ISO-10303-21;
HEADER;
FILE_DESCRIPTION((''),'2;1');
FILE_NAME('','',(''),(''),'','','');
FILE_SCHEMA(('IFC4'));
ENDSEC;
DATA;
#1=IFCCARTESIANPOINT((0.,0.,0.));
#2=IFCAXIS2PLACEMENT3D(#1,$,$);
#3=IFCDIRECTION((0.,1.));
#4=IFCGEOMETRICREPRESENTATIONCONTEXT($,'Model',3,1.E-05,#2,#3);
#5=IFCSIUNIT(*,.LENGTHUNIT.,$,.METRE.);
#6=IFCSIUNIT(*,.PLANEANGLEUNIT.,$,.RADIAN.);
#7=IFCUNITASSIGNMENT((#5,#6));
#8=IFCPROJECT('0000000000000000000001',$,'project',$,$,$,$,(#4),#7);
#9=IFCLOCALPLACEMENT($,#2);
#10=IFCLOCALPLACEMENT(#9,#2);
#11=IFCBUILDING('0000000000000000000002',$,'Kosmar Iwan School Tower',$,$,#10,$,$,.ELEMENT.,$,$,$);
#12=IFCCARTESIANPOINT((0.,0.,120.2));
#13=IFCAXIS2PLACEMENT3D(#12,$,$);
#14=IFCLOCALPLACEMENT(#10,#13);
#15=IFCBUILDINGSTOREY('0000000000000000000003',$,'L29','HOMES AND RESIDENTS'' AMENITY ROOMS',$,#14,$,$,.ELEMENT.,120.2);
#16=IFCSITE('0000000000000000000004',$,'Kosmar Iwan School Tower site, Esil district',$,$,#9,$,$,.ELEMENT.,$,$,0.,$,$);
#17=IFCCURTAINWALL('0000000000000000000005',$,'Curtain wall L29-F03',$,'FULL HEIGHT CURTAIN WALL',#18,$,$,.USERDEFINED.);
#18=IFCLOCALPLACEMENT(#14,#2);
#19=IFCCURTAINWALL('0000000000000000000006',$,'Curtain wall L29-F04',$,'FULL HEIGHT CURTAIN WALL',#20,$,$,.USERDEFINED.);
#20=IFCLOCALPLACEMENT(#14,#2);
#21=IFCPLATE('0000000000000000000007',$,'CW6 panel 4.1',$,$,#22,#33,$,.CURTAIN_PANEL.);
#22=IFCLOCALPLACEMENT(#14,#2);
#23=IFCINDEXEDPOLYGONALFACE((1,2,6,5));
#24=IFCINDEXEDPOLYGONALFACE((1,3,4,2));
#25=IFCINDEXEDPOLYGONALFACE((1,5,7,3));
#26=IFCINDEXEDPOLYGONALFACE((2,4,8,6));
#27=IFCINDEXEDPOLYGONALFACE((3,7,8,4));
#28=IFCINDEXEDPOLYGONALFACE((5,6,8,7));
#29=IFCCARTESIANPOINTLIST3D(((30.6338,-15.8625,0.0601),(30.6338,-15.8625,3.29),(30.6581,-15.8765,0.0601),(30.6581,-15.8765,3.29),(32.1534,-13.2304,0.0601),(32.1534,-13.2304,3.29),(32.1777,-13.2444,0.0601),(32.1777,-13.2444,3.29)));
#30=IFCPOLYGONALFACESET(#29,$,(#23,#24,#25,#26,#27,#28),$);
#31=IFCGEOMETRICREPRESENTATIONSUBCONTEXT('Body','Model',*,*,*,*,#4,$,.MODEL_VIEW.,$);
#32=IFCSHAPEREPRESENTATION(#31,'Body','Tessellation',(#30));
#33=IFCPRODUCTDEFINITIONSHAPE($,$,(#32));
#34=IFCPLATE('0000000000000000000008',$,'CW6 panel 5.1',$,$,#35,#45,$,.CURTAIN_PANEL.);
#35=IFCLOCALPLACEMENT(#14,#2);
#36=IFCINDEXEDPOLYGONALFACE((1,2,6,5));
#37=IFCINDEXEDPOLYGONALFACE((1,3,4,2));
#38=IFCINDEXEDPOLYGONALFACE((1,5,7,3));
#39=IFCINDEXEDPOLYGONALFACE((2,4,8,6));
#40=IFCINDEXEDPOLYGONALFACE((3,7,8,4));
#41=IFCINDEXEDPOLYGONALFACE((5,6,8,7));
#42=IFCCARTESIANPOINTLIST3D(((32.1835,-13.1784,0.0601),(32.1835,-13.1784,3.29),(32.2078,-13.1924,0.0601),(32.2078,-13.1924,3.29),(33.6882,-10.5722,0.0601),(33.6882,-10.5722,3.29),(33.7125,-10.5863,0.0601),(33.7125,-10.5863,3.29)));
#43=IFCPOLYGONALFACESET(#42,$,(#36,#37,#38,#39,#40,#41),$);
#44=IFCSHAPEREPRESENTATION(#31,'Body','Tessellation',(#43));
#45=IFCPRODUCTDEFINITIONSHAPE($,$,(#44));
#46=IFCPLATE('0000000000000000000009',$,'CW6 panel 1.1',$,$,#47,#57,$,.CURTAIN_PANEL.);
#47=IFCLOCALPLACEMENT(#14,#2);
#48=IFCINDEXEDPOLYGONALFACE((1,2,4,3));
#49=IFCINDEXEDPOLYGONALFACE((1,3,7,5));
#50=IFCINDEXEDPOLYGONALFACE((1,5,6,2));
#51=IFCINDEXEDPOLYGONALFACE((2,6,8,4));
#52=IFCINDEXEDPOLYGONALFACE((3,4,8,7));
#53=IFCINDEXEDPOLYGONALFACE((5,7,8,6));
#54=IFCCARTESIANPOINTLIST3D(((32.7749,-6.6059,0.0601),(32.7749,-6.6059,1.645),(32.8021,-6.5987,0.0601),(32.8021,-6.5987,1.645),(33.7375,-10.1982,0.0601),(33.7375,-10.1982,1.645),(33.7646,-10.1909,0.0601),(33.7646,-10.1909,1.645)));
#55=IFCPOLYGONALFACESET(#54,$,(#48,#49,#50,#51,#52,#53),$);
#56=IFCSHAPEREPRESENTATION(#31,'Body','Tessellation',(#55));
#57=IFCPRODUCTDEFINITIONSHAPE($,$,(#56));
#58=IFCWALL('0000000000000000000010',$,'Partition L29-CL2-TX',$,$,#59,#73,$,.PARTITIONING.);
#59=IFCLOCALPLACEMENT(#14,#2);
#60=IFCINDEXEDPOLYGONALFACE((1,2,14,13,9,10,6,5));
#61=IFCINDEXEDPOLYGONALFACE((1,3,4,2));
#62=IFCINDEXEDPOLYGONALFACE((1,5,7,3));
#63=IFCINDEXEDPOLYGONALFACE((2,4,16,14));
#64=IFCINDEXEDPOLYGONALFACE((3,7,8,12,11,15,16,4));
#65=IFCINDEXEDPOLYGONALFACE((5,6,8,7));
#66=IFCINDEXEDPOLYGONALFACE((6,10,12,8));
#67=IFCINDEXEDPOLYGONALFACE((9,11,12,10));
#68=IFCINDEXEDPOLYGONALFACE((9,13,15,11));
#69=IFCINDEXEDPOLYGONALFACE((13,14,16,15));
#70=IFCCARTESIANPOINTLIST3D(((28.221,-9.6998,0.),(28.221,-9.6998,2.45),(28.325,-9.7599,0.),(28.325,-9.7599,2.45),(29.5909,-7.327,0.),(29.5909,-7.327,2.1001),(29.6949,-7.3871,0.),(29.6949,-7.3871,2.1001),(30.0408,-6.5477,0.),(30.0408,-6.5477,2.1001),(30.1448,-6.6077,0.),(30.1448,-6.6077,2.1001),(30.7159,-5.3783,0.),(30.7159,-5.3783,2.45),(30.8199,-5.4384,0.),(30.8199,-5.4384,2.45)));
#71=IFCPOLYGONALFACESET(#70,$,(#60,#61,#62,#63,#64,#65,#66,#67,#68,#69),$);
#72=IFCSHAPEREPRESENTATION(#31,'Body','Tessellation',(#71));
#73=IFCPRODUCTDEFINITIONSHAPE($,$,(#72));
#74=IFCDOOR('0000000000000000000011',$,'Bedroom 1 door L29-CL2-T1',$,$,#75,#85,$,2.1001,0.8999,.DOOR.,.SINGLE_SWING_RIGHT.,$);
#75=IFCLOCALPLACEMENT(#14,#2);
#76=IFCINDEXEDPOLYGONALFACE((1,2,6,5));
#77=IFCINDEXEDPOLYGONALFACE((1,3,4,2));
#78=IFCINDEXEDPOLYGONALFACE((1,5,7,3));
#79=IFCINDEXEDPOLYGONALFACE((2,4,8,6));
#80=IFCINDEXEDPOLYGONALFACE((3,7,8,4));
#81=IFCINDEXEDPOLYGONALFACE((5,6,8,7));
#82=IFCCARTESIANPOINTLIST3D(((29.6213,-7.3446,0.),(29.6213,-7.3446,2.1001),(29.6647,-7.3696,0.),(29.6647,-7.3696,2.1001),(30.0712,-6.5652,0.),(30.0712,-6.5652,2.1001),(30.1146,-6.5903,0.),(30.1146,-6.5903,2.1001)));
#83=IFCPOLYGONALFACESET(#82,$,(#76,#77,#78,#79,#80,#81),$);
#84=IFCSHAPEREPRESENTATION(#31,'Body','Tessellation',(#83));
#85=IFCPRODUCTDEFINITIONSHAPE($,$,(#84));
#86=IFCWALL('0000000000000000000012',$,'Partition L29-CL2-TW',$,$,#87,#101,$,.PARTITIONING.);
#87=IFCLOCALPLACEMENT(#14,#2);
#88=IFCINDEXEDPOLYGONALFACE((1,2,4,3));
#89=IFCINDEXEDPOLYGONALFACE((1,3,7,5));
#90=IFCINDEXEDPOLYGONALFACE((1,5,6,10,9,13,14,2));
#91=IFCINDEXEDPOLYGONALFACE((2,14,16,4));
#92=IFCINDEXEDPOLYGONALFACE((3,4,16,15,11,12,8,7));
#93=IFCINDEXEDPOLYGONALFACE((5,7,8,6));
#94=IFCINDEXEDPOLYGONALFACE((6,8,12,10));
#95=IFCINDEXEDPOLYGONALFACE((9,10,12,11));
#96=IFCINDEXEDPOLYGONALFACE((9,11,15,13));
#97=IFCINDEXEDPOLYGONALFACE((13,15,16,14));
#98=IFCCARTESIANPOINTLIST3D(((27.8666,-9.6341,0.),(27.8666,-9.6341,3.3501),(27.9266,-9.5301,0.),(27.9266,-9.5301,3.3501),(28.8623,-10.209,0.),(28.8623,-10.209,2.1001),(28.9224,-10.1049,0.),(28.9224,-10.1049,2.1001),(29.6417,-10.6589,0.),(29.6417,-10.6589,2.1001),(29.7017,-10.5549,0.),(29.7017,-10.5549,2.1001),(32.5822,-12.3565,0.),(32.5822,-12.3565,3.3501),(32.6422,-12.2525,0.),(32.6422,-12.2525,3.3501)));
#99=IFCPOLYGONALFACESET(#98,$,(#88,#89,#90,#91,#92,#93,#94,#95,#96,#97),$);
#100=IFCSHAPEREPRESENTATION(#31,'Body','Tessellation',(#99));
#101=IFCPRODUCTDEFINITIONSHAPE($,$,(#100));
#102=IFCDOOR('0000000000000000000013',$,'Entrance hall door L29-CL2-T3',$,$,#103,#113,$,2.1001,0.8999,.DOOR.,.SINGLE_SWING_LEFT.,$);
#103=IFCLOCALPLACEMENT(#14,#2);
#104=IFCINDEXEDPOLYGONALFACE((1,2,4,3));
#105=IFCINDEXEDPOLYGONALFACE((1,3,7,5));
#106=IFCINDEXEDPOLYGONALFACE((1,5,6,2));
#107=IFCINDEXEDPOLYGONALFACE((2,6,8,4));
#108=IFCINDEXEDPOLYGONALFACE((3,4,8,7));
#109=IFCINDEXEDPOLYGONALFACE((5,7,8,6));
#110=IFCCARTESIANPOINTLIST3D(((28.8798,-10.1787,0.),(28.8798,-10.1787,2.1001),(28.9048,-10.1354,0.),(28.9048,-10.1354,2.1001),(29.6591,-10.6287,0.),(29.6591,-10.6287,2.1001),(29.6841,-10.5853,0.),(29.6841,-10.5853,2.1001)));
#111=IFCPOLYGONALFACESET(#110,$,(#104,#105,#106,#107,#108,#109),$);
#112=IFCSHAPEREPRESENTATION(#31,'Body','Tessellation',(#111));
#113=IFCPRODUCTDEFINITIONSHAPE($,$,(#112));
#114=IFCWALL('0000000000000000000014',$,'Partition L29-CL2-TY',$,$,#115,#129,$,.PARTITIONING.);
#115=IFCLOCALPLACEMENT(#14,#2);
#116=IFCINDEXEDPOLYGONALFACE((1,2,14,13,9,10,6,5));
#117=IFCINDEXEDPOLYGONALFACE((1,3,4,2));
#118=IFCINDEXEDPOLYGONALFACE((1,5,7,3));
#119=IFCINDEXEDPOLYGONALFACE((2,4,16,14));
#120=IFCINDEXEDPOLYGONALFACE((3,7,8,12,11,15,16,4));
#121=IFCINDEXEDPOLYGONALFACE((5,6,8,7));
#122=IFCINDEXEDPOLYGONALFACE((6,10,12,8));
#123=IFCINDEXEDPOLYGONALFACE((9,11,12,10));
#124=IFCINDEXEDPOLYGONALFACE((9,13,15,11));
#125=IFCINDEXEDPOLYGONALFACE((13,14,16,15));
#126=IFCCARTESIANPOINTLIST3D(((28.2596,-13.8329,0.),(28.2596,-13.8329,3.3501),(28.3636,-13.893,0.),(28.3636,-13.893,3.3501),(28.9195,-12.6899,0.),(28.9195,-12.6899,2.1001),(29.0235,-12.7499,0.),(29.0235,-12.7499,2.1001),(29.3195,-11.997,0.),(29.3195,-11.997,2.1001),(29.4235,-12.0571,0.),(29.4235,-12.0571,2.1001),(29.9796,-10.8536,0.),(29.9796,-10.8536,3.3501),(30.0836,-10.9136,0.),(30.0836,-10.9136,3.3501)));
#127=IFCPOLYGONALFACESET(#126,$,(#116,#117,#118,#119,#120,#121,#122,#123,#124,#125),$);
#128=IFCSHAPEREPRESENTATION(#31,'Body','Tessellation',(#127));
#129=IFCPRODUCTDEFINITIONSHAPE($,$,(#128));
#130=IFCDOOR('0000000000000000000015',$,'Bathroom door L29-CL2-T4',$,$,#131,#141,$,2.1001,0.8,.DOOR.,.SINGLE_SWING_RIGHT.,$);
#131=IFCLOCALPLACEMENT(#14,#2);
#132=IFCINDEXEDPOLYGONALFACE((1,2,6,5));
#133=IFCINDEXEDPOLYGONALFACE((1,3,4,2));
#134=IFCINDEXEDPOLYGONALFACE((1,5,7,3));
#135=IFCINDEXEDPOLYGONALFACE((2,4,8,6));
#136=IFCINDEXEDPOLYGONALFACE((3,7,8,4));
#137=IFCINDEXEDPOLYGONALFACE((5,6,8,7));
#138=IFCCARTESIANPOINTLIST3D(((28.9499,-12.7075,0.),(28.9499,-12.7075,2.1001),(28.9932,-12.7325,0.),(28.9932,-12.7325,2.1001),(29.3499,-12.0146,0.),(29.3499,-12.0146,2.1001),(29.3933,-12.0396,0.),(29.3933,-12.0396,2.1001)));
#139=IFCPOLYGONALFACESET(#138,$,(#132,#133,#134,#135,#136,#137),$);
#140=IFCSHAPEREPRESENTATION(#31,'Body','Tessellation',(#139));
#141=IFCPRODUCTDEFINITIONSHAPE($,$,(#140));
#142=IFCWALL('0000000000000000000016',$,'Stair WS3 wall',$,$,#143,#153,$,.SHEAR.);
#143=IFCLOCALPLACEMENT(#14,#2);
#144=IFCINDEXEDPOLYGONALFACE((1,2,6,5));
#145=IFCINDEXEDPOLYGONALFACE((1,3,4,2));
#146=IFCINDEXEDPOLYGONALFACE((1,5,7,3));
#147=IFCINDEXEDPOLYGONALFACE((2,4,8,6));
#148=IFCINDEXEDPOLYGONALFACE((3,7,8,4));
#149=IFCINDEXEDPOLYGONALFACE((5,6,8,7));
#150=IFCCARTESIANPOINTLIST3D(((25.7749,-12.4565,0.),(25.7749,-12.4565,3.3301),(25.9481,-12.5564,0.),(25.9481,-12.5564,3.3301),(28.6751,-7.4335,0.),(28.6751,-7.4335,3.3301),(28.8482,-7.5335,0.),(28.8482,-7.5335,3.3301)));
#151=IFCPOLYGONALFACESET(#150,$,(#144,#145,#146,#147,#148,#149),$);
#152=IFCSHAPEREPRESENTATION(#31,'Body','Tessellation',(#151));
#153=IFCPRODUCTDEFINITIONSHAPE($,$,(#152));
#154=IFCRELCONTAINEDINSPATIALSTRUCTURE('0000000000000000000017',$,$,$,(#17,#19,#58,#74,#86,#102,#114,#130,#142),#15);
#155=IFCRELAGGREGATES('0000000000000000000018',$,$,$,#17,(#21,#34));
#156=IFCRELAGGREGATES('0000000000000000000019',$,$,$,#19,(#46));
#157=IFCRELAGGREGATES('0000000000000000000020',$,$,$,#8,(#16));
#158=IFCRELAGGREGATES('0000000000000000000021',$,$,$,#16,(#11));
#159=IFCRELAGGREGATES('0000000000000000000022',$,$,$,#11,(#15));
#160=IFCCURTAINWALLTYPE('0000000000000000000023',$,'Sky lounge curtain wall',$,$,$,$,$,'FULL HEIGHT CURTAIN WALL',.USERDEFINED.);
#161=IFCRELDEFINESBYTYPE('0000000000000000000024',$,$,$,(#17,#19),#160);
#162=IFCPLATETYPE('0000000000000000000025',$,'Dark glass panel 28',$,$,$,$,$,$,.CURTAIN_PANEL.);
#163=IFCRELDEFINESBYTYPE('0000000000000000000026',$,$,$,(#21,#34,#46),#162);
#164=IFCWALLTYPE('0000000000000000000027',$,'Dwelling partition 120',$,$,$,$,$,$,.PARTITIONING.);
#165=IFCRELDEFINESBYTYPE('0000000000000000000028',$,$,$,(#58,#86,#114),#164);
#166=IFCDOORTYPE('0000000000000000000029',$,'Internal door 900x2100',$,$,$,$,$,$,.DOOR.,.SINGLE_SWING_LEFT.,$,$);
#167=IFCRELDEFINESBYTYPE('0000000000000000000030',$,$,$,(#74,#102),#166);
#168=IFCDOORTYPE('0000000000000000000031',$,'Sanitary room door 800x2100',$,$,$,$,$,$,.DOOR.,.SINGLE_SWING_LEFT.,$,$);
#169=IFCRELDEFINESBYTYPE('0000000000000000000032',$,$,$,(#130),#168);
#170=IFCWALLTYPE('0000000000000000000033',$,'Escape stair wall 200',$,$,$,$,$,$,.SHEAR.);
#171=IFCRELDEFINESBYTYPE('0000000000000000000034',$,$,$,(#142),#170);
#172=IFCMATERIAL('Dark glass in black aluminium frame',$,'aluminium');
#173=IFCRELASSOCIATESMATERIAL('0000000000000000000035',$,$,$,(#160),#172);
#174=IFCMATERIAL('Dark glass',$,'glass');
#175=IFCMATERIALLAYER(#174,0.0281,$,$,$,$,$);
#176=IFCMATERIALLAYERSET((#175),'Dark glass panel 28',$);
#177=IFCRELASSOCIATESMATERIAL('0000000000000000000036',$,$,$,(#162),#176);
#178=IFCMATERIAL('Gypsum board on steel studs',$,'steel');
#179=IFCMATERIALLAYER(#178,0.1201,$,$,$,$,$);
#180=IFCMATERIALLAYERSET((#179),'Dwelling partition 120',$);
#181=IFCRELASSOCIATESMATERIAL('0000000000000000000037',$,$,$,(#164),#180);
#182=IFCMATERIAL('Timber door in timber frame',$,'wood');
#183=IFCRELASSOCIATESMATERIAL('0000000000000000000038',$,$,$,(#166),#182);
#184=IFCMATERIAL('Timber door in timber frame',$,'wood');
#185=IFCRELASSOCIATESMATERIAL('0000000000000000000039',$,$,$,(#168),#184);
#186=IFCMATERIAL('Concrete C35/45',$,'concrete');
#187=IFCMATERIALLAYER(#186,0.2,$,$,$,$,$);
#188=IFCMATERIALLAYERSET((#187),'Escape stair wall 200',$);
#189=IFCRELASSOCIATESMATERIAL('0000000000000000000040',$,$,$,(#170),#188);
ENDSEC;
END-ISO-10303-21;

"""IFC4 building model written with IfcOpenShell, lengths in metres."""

from ifc_helpers import new_model, si_unit, direction, frame, frame_2d, origin, origin_2d, place, context, subcontext, project, spatial, rectangle, extrude, material, layer, layer_set, type_object, element, fill, aggregate, save


model = new_model("IFC4")

# Units and contexts
model_context = context("Model", 3, precision=1e-05, world=origin(), true_north=direction((0.0, 1.0)))
body_context = subcontext(model_context, "Body", "Model", "MODEL_VIEW")
ifc_project = project(units=[si_unit("LENGTHUNIT", "METRE"), si_unit("PLANEANGLEUNIT", "RADIAN")], contexts=[model_context])

# Site, building, storey
site_placement = place(None, origin())
site = spatial("IfcSite", under=ifc_project, at=site_placement, Name="Kosmar Iwan School Tower site, Esil district", CompositionType="ELEMENT", RefElevation=0.0)
building_placement = place(site_placement, origin())
building = spatial("IfcBuilding", under=site, at=building_placement, Name="Kosmar Iwan School Tower", CompositionType="ELEMENT")
storey_placement = place(building_placement, frame((0.0, 0.0, 120.2)))
storey = spatial("IfcBuildingStorey", under=building, at=storey_placement, Name="L29", Description="HOMES AND RESIDENTS' AMENITY ROOMS", CompositionType="ELEMENT", Elevation=120.2)

# Curtain wall
ifc_material_1 = material(Name="Dark glass in black aluminium frame", Category="aluminium")
curtain_wall_type = type_object("IfcCurtainWallType", Name="Sky lounge curtain wall", ElementType="FULL HEIGHT CURTAIN WALL", PredefinedType="USERDEFINED", material=ifc_material_1)
curtain_wall_1_placement = place(storey_placement, origin())
curtain_wall_1 = element("IfcCurtainWall", 1, at=curtain_wall_1_placement, inside=storey, type_object=curtain_wall_type, Name="Curtain wall L29-F03", ObjectType="FULL HEIGHT CURTAIN WALL", PredefinedType="USERDEFINED")

# Curtain wall
curtain_wall_2_placement = place(storey_placement, origin())
curtain_wall_2 = element("IfcCurtainWall", 2, at=curtain_wall_2_placement, inside=storey, type_object=curtain_wall_type, Name="Curtain wall L29-F04", ObjectType="FULL HEIGHT CURTAIN WALL", PredefinedType="USERDEFINED")

# Plates
ifc_material_2 = material(Name="Dark glass", Category="glass")
ifc_layer_1 = layer(ifc_material_2, 0.0281)
ifc_layer_set_1 = layer_set([ifc_layer_1], Name="Dark glass panel 28")
plate_type = type_object("IfcPlateType", Name="Dark glass panel 28", PredefinedType="CURTAIN_PANEL", material=ifc_layer_set_1)
plate_1_placement = place(storey_placement, frame((31.4058, -14.5535, 0.0601), z_axis=(0.0, 0.0, 1.0), x_axis=(0.5, 0.866025, 0.0)))
plate_1 = element("IfcPlate", 3, at=plate_1_placement, type_object=plate_type, Name="CW6 panel 4.1", PredefinedType="CURTAIN_PANEL", context=body_context, shape_type="SweptSolid", body=[
    extrude(rectangle(XDim=3.0393, YDim=0.0281, at=origin_2d()), origin(), (0.0, 0.0, 1.0), 3.23),
])
plate_2_placement = place(storey_placement, frame((32.948, -11.8823, 0.0601), z_axis=(0.0, 0.0, 1.0), x_axis=(0.5, 0.866025, 0.0)))
plate_2 = element("IfcPlate", 4, at=plate_2_placement, type_object=plate_type, Name="CW6 panel 5.1", PredefinedType="CURTAIN_PANEL", context=body_context, shape_type="SweptSolid", body=[
    extrude(rectangle(XDim=3.0093, YDim=0.0281, at=origin_2d()), origin(), (0.0, 0.0, 1.0), 3.23),
])
aggregate(curtain_wall_1, [plate_1, plate_2])
plate_3_placement = place(storey_placement, frame((33.2698, -8.3984, 0.0601), z_axis=(0.0, 0.0, 1.0), x_axis=(-0.258819, 0.965926, 0.0)))
plate_3 = element("IfcPlate", 5, at=plate_3_placement, type_object=plate_type, Name="CW6 panel 1.1", PredefinedType="CURTAIN_PANEL", context=body_context, shape_type="SweptSolid", body=[
    extrude(rectangle(XDim=3.719, YDim=0.0281, at=origin_2d()), origin(), (0.0, 0.0, 1.0), 1.585),
])
aggregate(curtain_wall_2, [plate_3])

# Walls, openings, doors
ifc_material_3 = material(Name="Gypsum board on steel studs", Category="steel")
ifc_layer_2 = layer(ifc_material_3, 0.1201)
ifc_layer_set_2 = layer_set([ifc_layer_2], Name="Dwelling partition 120")
wall_type_1 = type_object("IfcWallType", Name="Dwelling partition 120", PredefinedType="PARTITIONING", material=ifc_layer_set_2)
wall_1_placement = place(storey_placement, frame((28.2729, -9.73, 0.0), z_axis=(0.0, 0.0, 1.0), x_axis=(0.499975, 0.86604, 0.0)))
wall_1 = element("IfcWall", 6, at=wall_1_placement, inside=storey, type_object=wall_type_1, Name="Partition L29-CL2-TX", PredefinedType="PARTITIONING", context=body_context, shape_type="SweptSolid", body=[
    extrude(rectangle(XDim=4.99, YDim=0.1201, at=frame_2d((2.4951, 0.0))), origin(), (0.0, 0.0, 1.0), 2.45),
])
opening_1_placement = place(wall_1_placement, frame((2.74, 0.0, 0.0)))
opening_1 = element("IfcOpeningElement", 7, at=opening_1_placement, cuts=wall_1, PredefinedType="OPENING", context=body_context, shape_type="SweptSolid", body=[
    extrude(rectangle(XDim=0.8999, YDim=2.1001, at=frame_2d((0.45, 1.05))), frame((0.0, 0.072, 0.0), z_axis=(0.0, -1.0, 0.0), x_axis=(1.0, 0.0, 0.0)), (0.0, 0.0, 1.0), 0.144),
])
ifc_material_4 = material(Name="Timber door in timber frame", Category="wood")
door_type_1 = type_object("IfcDoorType", Name="Internal door 900x2100", OperationType="SINGLE_SWING_LEFT", PredefinedType="DOOR", material=ifc_material_4)
door_1_placement = place(opening_1_placement, origin())
door_1 = element("IfcDoor", 8, at=door_1_placement, inside=storey, type_object=door_type_1, Name="Bedroom 1 door L29-CL2-T1", OperationType="SINGLE_SWING_RIGHT", OverallHeight=2.1001, OverallWidth=0.8999, PredefinedType="DOOR", context=body_context, shape_type="SweptSolid", body=[
    extrude(rectangle(XDim=0.8999, YDim=2.1001, at=frame_2d((0.45, 1.05))), frame((0.0, 0.0249, 0.0), z_axis=(0.0, -1.0, 0.0), x_axis=(1.0, 0.0, 0.0)), (0.0, 0.0, 1.0), 0.05),
])
fill(opening_1, door_1)
wall_2_placement = place(storey_placement, frame((27.8965, -9.582, 0.0), z_axis=(0.0, 0.0, 1.0), x_axis=(0.866036, -0.499982, 0.0)))
wall_2 = element("IfcWall", 9, at=wall_2_placement, inside=storey, type_object=wall_type_1, Name="Partition L29-CL2-TW", PredefinedType="PARTITIONING", context=body_context, shape_type="SweptSolid", body=[
    extrude(rectangle(XDim=5.4451, YDim=0.1201, at=frame_2d((2.7227, 0.0))), origin(), (0.0, 0.0, 1.0), 3.3501),
])
opening_2_placement = place(wall_2_placement, frame((1.1499, 0.0, 0.0)))
opening_2 = element("IfcOpeningElement", 10, at=opening_2_placement, cuts=wall_2, PredefinedType="OPENING", context=body_context, shape_type="SweptSolid", body=[
    extrude(rectangle(XDim=0.8999, YDim=2.1001, at=frame_2d((0.45, 1.05))), frame((0.0, 0.072, 0.0), z_axis=(0.0, -1.0, 0.0), x_axis=(1.0, 0.0, 0.0)), (0.0, 0.0, 1.0), 0.144),
])
door_2_placement = place(opening_2_placement, origin())
door_2 = element("IfcDoor", 11, at=door_2_placement, inside=storey, type_object=door_type_1, Name="Entrance hall door L29-CL2-T3", OperationType="SINGLE_SWING_LEFT", OverallHeight=2.1001, OverallWidth=0.8999, PredefinedType="DOOR", context=body_context, shape_type="SweptSolid", body=[
    extrude(rectangle(XDim=0.8999, YDim=2.1001, at=frame_2d((0.45, 1.05))), frame((0.0, 0.0249, 0.0), z_axis=(0.0, -1.0, 0.0), x_axis=(1.0, 0.0, 0.0)), (0.0, 0.0, 1.0), 0.05),
])
fill(opening_2, door_2)
wall_3_placement = place(storey_placement, frame((28.3115, -13.863, 0.0), z_axis=(0.0, 0.0, 1.0), x_axis=(0.499978, 0.866038, 0.0)))
wall_3 = element("IfcWall", 12, at=wall_3_placement, inside=storey, type_object=wall_type_1, Name="Partition L29-CL2-TY", PredefinedType="PARTITIONING", context=body_context, shape_type="SweptSolid", body=[
    extrude(rectangle(XDim=3.4402, YDim=0.1201, at=frame_2d((1.7202, 0.0))), origin(), (0.0, 0.0, 1.0), 3.3501),
])
opening_3_placement = place(wall_3_placement, frame((1.3201, 0.0, 0.0)))
opening_3 = element("IfcOpeningElement", 13, at=opening_3_placement, cuts=wall_3, PredefinedType="OPENING", context=body_context, shape_type="SweptSolid", body=[
    extrude(rectangle(XDim=0.8, YDim=2.1001, at=frame_2d((0.3999, 1.05))), frame((0.0, 0.072, 0.0), z_axis=(0.0, -1.0, 0.0), x_axis=(1.0, 0.0, 0.0)), (0.0, 0.0, 1.0), 0.144),
])
ifc_material_5 = material(Name="Timber door in timber frame", Category="wood")
door_type_2 = type_object("IfcDoorType", Name="Sanitary room door 800x2100", OperationType="SINGLE_SWING_LEFT", PredefinedType="DOOR", material=ifc_material_5)
door_3_placement = place(opening_3_placement, origin())
door_3 = element("IfcDoor", 14, at=door_3_placement, inside=storey, type_object=door_type_2, Name="Bathroom door L29-CL2-T4", OperationType="SINGLE_SWING_RIGHT", OverallHeight=2.1001, OverallWidth=0.8, PredefinedType="DOOR", context=body_context, shape_type="SweptSolid", body=[
    extrude(rectangle(XDim=0.8, YDim=2.1001, at=frame_2d((0.3999, 1.05))), frame((0.0, 0.0249, 0.0), z_axis=(0.0, -1.0, 0.0), x_axis=(1.0, 0.0, 0.0)), (0.0, 0.0, 1.0), 0.05),
])
fill(opening_3, door_3)

# Wall
ifc_material_6 = material(Name="Concrete C35/45", Category="concrete")
ifc_layer_3 = layer(ifc_material_6, 0.2)
ifc_layer_set_3 = layer_set([ifc_layer_3], Name="Escape stair wall 200")
wall_type_2 = type_object("IfcWallType", Name="Escape stair wall 200", PredefinedType="SHEAR", material=ifc_layer_set_3)
wall_4_placement = place(storey_placement, frame((25.8616, -12.5063, 0.0), z_axis=(0.0, 0.0, 1.0), x_axis=(0.500019, 0.866015, 0.0)))
element("IfcWall", 15, at=wall_4_placement, inside=storey, type_object=wall_type_2, Name="Stair WS3 wall", PredefinedType="SHEAR", context=body_context, shape_type="SweptSolid", body=[
    extrude(rectangle(XDim=5.8, YDim=0.2, at=frame_2d((2.8999, 0.0))), origin(), (0.0, 0.0, 1.0), 3.3301),
])

save(model, "model.ifc")
